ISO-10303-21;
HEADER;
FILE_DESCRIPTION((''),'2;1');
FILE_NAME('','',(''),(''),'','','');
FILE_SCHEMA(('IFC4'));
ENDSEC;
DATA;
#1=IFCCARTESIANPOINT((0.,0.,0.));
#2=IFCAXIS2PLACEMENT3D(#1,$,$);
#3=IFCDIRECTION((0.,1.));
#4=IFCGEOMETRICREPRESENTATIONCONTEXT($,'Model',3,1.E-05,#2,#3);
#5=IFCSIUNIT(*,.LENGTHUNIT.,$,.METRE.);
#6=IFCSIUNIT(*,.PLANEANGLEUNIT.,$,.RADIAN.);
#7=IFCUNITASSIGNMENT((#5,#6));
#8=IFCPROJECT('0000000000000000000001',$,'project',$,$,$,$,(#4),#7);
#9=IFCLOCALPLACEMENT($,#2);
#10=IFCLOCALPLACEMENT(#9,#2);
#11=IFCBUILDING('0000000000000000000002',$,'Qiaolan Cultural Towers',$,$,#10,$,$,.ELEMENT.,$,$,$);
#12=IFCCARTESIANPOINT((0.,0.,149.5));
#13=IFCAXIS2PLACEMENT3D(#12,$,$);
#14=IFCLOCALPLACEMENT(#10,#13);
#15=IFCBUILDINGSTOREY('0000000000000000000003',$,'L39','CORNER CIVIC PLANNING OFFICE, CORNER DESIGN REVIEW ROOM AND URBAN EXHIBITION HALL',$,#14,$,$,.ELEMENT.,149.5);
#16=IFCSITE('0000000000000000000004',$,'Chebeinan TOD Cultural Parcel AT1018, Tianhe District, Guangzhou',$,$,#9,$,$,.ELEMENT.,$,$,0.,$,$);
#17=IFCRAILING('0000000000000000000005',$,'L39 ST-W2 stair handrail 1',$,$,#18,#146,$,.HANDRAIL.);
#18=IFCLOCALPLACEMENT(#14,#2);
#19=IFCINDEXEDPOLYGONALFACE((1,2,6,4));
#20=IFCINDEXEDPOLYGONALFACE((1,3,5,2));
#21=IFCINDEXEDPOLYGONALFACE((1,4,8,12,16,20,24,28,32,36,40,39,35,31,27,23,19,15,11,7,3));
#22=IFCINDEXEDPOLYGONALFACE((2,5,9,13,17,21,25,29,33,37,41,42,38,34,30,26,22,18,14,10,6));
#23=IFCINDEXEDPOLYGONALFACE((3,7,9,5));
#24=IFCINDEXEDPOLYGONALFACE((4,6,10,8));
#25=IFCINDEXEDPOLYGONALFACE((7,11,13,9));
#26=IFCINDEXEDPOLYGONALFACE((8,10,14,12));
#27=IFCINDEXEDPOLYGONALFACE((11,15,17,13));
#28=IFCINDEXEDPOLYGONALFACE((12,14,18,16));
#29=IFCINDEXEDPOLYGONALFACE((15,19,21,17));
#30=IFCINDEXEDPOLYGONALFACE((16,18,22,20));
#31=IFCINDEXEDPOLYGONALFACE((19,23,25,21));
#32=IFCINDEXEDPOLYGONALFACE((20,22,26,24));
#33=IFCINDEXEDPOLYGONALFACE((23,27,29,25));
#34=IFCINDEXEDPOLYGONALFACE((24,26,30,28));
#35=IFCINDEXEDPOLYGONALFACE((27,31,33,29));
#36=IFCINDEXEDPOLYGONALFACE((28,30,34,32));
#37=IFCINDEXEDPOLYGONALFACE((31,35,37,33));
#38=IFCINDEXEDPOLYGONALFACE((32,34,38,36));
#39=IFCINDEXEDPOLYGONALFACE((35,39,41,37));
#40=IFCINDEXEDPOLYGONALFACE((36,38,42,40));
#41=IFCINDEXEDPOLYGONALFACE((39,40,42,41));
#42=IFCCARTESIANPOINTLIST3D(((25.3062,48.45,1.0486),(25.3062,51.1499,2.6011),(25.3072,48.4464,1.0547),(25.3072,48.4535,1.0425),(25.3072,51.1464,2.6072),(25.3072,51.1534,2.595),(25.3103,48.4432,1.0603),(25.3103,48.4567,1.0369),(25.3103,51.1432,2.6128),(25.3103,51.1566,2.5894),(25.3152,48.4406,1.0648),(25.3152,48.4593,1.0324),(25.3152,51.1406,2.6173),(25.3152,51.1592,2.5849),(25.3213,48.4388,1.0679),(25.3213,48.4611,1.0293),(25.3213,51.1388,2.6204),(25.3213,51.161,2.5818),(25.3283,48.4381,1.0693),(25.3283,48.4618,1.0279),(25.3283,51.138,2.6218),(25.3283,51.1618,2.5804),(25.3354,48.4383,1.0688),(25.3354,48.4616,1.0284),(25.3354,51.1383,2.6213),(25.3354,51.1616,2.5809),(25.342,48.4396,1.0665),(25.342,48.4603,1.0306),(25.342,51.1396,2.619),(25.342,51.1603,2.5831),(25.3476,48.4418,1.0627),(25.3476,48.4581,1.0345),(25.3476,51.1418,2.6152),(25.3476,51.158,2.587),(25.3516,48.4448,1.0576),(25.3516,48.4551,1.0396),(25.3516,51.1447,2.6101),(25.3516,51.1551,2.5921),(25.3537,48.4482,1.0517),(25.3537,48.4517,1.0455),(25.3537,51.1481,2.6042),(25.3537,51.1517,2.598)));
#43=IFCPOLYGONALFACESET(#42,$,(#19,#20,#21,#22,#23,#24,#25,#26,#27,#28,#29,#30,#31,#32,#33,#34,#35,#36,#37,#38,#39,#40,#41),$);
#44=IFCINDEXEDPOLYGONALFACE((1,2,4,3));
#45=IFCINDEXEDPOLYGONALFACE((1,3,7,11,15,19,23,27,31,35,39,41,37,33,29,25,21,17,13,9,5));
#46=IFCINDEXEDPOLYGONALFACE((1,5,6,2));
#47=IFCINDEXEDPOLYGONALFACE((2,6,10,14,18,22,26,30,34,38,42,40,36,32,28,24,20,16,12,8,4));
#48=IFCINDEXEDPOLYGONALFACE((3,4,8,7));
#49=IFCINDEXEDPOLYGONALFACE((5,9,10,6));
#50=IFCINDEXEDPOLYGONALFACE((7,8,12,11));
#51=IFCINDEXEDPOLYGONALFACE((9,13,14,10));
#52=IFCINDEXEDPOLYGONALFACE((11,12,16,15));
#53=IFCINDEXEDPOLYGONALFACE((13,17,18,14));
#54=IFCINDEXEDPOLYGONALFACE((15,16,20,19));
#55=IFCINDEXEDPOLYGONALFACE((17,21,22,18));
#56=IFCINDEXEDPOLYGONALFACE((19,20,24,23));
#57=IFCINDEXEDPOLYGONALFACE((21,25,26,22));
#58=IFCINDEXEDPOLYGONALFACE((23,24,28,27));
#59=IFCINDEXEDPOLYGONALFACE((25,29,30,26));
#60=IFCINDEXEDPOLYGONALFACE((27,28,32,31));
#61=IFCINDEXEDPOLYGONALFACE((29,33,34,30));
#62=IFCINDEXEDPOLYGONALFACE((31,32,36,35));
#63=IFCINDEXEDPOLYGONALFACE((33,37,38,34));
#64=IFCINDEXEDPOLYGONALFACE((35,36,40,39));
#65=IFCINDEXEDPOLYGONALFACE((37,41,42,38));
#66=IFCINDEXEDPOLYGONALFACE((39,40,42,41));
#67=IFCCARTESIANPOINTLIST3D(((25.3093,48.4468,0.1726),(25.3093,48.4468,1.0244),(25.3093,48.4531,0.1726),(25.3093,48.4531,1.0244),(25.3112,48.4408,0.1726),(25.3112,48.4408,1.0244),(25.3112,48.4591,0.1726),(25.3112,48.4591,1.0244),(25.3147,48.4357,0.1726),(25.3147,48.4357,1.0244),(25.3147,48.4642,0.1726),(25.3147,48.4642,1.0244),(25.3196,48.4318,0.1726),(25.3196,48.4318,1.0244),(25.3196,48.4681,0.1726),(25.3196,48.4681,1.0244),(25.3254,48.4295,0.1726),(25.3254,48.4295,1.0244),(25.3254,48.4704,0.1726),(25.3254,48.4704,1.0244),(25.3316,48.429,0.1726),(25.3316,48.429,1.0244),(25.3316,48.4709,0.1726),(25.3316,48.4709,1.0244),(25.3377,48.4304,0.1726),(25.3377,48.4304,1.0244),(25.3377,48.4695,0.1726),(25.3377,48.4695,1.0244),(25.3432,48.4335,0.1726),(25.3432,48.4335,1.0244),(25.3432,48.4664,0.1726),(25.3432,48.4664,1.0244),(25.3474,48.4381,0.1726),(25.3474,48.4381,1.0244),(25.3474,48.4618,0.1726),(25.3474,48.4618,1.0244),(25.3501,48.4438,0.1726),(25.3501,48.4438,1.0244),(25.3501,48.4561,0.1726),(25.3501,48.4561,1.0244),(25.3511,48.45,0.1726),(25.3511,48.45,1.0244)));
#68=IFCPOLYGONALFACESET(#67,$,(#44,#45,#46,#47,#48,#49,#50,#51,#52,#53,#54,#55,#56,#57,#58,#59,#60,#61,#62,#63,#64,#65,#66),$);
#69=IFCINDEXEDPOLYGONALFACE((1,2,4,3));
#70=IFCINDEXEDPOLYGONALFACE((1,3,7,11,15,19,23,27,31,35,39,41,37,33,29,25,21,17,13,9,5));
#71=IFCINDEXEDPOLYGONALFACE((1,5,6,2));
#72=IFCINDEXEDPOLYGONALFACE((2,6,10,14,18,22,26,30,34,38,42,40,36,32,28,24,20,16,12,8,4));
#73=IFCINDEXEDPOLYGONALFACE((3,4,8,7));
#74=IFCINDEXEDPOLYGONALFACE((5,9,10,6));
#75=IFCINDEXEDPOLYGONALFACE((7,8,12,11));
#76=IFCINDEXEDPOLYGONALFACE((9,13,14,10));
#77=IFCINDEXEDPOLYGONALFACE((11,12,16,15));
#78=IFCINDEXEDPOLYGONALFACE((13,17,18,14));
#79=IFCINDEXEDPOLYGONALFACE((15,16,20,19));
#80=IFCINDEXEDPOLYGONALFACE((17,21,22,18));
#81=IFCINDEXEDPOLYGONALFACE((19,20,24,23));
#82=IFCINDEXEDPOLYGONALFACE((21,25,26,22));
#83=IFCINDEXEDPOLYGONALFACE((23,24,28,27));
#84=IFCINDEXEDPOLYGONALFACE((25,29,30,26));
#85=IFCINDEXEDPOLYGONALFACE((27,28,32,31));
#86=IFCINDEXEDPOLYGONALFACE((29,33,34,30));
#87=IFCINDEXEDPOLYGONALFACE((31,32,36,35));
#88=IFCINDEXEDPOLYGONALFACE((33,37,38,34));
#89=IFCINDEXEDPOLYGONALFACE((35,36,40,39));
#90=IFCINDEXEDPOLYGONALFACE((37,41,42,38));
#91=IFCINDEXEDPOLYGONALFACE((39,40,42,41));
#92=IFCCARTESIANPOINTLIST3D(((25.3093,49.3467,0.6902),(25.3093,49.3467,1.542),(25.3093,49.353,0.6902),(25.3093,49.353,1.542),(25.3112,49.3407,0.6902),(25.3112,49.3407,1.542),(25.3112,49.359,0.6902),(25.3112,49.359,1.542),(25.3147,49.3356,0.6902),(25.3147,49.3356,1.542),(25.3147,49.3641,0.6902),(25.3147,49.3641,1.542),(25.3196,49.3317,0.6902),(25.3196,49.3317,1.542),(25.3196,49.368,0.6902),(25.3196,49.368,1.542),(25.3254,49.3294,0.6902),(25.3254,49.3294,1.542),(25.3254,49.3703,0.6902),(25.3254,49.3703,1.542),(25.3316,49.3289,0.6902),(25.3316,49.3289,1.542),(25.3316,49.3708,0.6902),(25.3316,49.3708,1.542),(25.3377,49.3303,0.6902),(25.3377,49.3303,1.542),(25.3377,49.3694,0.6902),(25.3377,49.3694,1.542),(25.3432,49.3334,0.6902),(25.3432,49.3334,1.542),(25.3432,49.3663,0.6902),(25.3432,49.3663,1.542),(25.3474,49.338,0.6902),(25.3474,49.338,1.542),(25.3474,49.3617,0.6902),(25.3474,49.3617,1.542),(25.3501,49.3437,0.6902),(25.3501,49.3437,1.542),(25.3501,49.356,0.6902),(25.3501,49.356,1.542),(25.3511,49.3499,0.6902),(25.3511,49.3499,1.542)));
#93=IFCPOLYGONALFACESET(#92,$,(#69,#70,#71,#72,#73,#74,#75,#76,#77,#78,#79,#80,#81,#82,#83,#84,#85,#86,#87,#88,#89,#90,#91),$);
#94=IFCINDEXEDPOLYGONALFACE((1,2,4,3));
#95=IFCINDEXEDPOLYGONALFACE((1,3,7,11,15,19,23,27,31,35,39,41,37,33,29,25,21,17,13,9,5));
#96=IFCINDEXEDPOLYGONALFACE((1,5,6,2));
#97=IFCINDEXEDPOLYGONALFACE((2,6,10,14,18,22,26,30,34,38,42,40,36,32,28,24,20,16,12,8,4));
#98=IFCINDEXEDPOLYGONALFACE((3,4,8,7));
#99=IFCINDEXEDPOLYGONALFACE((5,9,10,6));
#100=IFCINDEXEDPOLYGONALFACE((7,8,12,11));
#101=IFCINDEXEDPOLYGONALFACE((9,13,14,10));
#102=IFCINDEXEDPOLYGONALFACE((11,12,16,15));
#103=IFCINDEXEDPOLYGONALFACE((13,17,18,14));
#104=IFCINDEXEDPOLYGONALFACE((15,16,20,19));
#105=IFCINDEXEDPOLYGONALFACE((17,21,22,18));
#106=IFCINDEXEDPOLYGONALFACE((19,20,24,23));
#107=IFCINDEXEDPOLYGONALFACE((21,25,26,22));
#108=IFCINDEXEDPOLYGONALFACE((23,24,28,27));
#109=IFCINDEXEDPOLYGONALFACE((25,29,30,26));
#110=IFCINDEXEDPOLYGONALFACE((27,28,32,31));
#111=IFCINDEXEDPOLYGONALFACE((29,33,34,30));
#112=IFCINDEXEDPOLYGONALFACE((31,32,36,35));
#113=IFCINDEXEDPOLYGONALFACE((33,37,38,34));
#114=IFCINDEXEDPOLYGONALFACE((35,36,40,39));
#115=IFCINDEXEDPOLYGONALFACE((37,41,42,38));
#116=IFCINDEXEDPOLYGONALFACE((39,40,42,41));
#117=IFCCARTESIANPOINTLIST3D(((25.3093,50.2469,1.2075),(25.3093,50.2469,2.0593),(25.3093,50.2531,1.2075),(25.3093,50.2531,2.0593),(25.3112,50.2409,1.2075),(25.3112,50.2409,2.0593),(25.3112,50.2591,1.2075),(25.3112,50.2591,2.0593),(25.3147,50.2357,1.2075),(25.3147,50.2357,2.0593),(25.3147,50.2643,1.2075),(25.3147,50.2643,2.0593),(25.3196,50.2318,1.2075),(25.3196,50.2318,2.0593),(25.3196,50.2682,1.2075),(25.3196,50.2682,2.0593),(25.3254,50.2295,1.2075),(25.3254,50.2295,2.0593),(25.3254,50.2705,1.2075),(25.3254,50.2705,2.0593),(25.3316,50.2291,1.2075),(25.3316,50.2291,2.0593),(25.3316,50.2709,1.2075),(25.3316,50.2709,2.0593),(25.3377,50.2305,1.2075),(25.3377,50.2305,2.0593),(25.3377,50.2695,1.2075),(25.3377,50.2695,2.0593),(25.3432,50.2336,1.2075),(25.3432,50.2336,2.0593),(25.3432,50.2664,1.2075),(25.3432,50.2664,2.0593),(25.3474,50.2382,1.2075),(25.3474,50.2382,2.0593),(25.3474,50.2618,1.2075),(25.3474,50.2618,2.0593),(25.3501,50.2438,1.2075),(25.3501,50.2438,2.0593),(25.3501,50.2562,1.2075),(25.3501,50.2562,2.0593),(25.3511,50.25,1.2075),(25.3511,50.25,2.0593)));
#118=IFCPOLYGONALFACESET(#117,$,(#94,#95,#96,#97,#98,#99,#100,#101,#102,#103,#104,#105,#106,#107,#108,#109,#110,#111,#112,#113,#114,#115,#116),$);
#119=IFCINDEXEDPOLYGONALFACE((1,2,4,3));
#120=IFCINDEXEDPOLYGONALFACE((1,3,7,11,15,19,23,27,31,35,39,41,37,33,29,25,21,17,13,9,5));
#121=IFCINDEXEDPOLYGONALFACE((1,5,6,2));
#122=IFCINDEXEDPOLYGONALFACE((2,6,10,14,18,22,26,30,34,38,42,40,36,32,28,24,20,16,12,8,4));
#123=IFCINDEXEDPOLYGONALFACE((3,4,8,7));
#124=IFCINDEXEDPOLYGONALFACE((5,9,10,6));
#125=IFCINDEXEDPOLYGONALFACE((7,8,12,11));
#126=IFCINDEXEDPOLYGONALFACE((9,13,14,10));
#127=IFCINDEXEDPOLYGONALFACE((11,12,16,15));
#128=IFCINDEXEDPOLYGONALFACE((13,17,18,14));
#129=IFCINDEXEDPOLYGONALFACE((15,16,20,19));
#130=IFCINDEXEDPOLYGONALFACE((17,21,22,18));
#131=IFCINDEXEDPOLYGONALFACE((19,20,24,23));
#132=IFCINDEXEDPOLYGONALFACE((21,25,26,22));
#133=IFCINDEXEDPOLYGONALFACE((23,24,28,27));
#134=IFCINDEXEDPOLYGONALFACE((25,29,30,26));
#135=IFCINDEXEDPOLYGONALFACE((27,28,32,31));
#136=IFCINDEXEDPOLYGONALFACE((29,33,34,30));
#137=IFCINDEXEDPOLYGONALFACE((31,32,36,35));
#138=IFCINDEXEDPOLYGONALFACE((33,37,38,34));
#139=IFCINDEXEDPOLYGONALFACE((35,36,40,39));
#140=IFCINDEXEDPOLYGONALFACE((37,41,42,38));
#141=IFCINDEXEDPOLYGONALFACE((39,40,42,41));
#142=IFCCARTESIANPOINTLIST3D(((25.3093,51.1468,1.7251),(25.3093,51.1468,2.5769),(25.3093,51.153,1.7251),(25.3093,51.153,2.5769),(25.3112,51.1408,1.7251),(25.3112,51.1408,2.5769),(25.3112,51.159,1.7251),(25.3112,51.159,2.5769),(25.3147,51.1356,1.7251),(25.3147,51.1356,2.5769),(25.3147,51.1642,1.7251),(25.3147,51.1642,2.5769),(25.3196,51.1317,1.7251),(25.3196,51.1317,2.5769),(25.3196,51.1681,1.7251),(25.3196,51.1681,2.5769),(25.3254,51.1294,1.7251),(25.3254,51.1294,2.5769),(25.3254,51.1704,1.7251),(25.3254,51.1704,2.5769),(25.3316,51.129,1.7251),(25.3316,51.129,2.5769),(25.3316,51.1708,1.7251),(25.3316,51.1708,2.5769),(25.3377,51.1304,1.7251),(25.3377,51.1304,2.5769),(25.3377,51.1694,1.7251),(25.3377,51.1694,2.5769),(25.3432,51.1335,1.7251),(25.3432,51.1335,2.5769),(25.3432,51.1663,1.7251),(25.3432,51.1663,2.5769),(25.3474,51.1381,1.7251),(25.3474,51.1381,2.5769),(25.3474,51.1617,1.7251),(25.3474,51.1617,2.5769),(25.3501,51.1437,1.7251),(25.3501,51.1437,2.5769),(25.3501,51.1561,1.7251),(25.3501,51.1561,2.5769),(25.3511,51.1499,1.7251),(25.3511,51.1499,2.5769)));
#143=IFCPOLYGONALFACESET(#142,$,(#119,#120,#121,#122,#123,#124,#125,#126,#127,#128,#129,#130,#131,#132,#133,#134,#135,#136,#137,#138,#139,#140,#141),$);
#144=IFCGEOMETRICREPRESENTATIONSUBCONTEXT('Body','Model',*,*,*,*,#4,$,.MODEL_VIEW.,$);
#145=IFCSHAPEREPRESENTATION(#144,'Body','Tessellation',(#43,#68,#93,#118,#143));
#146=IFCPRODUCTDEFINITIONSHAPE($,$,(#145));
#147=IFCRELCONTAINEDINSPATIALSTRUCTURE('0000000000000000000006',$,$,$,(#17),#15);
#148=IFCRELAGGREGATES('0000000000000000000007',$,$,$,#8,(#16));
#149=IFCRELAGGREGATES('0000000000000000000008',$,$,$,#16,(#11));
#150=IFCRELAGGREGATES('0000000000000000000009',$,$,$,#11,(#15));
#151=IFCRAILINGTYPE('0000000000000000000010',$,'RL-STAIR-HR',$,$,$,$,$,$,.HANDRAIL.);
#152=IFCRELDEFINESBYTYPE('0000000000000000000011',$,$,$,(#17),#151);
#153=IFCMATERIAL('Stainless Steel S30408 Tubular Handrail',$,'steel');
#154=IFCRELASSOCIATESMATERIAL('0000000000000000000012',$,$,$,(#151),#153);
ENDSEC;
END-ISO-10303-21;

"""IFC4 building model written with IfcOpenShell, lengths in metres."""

from ifc_helpers import new_model, si_unit, direction, frame, origin, origin_2d, place, context, subcontext, project, spatial, circle, extrude, material, type_object, element, save


model = new_model("IFC4")

# Units and contexts
model_context = context("Model", 3, precision=1e-05, world=origin(), true_north=direction((0.0, 1.0)))
body_context = subcontext(model_context, "Body", "Model", "MODEL_VIEW")
ifc_project = project(units=[si_unit("LENGTHUNIT", "METRE"), si_unit("PLANEANGLEUNIT", "RADIAN")], contexts=[model_context])

# Site, building, storey
site_placement = place(None, origin())
site = spatial("IfcSite", under=ifc_project, at=site_placement, Name="Chebeinan TOD Cultural Parcel AT1018, Tianhe District, Guangzhou", CompositionType="ELEMENT", RefElevation=0.0)
building_placement = place(site_placement, origin())
building = spatial("IfcBuilding", under=site, at=building_placement, Name="Qiaolan Cultural Towers", CompositionType="ELEMENT")
storey_placement = place(building_placement, frame((0.0, 0.0, 149.5)))
storey = spatial("IfcBuildingStorey", under=building, at=storey_placement, Name="L39", Description="CORNER CIVIC PLANNING OFFICE, CORNER DESIGN REVIEW ROOM AND URBAN EXHIBITION HALL", CompositionType="ELEMENT", Elevation=149.5)

# Railing
ifc_material_1 = material(Name="Stainless Steel S30408 Tubular Handrail", Category="steel")
railing_type_1 = type_object("IfcRailingType", Name="RL-STAIR-HR", PredefinedType="HANDRAIL", material=ifc_material_1)
railing_1_placement = place(storey_placement, frame((25.3301, 48.45, 0.1726)))
element("IfcRailing", 1, at=railing_1_placement, inside=storey, type_object=railing_type_1, Name="L39 ST-W2 stair handrail 1", PredefinedType="HANDRAIL", context=body_context, shape_type="SweptSolid", body=[
    extrude(circle(Radius=0.0239, at=origin_2d()), frame((0.0, 0.0, 0.876), z_axis=(0.0, 0.866904, 0.498476), x_axis=(-1.0, 0.0, 0.0)), (0.0, 0.0, 1.0), 3.1145),
    extrude(circle(Radius=0.021, at=origin_2d()), origin(), (0.0, 0.0, 1.0), 0.8518),
    extrude(circle(Radius=0.021, at=origin_2d()), frame((0.0, 0.8999, 0.5176)), (0.0, 0.0, 1.0), 0.8518),
    extrude(circle(Radius=0.021, at=origin_2d()), frame((0.0, 1.8, 1.0349)), (0.0, 0.0, 1.0), 0.8518),
    extrude(circle(Radius=0.021, at=origin_2d()), frame((0.0, 2.7, 1.5525)), (0.0, 0.0, 1.0), 0.8518),
])

save(model, "model.ifc")
